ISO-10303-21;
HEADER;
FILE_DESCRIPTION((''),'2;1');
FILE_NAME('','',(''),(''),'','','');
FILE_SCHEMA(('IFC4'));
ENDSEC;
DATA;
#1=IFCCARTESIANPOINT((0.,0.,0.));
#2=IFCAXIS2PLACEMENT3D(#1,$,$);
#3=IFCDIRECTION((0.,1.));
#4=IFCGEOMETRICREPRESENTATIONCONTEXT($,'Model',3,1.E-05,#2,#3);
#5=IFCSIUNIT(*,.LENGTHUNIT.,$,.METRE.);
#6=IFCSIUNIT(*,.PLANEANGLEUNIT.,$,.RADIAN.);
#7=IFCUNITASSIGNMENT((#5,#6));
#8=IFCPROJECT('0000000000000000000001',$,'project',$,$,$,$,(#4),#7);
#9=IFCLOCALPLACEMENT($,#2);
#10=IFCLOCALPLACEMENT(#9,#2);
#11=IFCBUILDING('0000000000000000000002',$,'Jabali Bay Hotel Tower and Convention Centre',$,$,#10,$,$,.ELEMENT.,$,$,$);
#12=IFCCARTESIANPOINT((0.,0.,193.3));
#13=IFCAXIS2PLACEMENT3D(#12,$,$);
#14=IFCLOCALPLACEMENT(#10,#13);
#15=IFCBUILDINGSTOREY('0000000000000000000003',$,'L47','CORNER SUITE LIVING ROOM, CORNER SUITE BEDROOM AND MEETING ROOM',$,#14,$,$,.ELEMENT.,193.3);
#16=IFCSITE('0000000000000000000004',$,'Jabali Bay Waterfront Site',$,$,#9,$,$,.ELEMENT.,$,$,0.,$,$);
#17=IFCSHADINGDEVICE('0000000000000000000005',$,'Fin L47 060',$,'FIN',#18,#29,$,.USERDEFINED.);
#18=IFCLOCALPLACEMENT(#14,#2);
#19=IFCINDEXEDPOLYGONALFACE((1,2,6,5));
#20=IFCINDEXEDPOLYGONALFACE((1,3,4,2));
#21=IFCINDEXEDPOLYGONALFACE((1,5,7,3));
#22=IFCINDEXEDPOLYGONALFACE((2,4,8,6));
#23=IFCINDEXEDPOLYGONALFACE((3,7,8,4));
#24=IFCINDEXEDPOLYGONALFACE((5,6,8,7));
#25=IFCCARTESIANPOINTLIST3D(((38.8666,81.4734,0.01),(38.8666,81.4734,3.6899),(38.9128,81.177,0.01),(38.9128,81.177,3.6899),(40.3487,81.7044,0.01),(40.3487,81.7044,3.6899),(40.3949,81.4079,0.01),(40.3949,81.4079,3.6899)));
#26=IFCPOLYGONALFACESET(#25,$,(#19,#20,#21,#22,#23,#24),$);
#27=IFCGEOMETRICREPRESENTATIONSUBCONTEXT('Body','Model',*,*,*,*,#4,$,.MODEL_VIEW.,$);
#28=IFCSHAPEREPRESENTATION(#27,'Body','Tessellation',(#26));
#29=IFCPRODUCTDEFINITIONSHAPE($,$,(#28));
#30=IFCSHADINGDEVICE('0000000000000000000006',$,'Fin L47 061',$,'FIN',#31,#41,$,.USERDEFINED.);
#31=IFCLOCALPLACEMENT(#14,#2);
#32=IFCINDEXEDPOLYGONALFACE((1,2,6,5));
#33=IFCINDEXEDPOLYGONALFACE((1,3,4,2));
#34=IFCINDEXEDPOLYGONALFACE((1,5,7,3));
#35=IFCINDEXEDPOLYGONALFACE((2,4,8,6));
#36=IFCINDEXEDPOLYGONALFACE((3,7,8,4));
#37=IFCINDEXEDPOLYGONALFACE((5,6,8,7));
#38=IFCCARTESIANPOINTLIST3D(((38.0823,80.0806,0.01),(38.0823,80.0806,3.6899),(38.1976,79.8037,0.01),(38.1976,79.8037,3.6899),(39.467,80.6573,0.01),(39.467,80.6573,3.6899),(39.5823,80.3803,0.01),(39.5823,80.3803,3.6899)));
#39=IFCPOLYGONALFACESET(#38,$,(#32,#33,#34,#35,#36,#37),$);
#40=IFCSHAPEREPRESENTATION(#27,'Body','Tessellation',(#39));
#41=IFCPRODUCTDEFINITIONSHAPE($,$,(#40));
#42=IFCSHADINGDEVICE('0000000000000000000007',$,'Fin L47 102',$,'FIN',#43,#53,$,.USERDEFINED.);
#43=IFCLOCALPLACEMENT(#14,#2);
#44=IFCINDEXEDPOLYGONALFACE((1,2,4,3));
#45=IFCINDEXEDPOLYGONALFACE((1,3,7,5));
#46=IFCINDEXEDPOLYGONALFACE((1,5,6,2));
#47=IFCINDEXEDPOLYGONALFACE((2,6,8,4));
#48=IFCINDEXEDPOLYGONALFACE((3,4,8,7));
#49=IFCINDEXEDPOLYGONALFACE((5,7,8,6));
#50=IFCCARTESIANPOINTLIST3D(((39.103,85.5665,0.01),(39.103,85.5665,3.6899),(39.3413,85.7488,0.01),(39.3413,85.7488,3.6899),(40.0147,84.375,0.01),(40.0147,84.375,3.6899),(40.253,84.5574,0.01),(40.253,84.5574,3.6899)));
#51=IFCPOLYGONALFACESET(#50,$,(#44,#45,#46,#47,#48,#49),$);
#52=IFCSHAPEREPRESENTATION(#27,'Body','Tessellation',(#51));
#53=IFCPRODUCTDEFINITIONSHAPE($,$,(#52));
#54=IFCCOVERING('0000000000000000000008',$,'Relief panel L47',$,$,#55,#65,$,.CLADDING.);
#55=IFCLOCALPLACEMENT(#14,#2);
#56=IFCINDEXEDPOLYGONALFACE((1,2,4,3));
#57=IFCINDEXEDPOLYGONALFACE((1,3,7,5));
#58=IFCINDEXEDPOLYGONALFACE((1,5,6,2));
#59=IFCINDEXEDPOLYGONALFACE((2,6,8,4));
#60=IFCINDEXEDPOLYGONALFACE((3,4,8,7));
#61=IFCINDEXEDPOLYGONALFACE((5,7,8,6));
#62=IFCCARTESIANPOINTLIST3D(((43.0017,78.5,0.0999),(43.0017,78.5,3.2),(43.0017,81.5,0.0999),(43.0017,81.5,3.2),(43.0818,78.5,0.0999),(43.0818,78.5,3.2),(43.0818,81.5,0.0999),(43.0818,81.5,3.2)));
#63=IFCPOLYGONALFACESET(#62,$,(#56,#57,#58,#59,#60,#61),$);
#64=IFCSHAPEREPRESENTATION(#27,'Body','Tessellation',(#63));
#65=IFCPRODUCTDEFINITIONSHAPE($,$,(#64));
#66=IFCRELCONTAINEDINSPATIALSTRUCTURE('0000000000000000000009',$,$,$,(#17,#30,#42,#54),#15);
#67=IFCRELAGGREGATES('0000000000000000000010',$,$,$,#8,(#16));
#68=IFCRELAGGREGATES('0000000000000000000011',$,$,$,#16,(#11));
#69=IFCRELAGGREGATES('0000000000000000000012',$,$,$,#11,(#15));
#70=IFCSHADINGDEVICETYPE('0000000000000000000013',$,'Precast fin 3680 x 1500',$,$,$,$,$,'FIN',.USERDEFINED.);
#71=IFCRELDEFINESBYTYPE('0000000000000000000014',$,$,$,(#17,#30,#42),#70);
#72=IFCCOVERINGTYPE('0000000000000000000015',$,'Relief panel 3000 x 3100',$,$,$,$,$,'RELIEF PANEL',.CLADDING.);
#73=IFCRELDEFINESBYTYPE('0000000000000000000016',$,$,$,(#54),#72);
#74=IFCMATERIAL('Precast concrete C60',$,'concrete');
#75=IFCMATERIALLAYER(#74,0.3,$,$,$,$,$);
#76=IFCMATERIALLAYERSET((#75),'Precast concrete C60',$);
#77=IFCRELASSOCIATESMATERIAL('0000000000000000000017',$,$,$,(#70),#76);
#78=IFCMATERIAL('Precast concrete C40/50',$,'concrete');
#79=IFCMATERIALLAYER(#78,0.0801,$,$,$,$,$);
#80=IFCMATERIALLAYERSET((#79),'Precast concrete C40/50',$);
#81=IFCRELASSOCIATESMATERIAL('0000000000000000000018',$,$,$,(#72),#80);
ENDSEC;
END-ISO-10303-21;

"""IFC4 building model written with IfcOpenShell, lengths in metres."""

from ifc_helpers import new_model, si_unit, direction, frame, frame_2d, origin, origin_2d, place, context, subcontext, project, spatial, rectangle, extrude, material, layer, layer_set, type_object, element, save


model = new_model("IFC4")

# Units and contexts
model_context = context("Model", 3, precision=1e-05, world=origin(), true_north=direction((0.0, 1.0)))
body_context = subcontext(model_context, "Body", "Model", "MODEL_VIEW")
ifc_project = project(units=[si_unit("LENGTHUNIT", "METRE"), si_unit("PLANEANGLEUNIT", "RADIAN")], contexts=[model_context])

# Site, building, storey
site_placement = place(None, origin())
site = spatial("IfcSite", under=ifc_project, at=site_placement, Name="Jabali Bay Waterfront Site", CompositionType="ELEMENT", RefElevation=0.0)
building_placement = place(site_placement, origin())
building = spatial("IfcBuilding", under=site, at=building_placement, Name="Jabali Bay Hotel Tower and Convention Centre", CompositionType="ELEMENT")
storey_placement = place(building_placement, frame((0.0, 0.0, 193.3)))
storey = spatial("IfcBuildingStorey", under=building, at=storey_placement, Name="L47", Description="CORNER SUITE LIVING ROOM, CORNER SUITE BEDROOM AND MEETING ROOM", CompositionType="ELEMENT", Elevation=193.3)

# Shading devices
ifc_material_1 = material(Name="Precast concrete C60", Category="concrete")
ifc_layer_1 = layer(ifc_material_1, 0.3)
ifc_layer_set_1 = layer_set([ifc_layer_1], Name="Precast concrete C60")
shading_device_type = type_object("IfcShadingDeviceType", Name="Precast fin 3680 x 1500", ElementType="FIN", PredefinedType="USERDEFINED", material=ifc_layer_set_1)
for number, where, z_axis, x_axis, name in (
    (1, (40.3718, 81.5562, 0.01), (0.0, 0.0, 1.0), (-0.988076, -0.153965, 0.0), "Fin L47 060"),
    (2, (39.5247, 80.5188, 0.01), (0.0, 0.0, 1.0), (-0.923154, -0.38443, 0.0), "Fin L47 061"),
):
    element("IfcShadingDevice", number, at=place(storey_placement, frame(where, z_axis=z_axis, x_axis=x_axis)), inside=storey, type_object=shading_device_type, Name=name, ObjectType="FIN", PredefinedType="USERDEFINED", context=body_context, shape_type="SweptSolid", body=[
        extrude(rectangle(XDim=1.5, YDim=0.3, at=frame_2d((0.75, 0.0))), origin(), (0.0, 0.0, 1.0), 3.6799),
    ])
shading_device_1_placement = place(storey_placement, frame((40.1338, 84.4663, 0.01), z_axis=(0.0, 0.0, 1.0), x_axis=(-0.60768, 0.794182, 0.0)))
element("IfcShadingDevice", 3, at=shading_device_1_placement, inside=storey, type_object=shading_device_type, Name="Fin L47 102", ObjectType="FIN", PredefinedType="USERDEFINED", context=body_context, shape_type="SweptSolid", body=[
    extrude(rectangle(XDim=1.5002, YDim=0.3, at=frame_2d((0.75, 0.0))), origin(), (0.0, 0.0, 1.0), 3.6799),
])

# Covering
ifc_material_2 = material(Name="Precast concrete C40/50", Category="concrete")
ifc_layer_2 = layer(ifc_material_2, 0.0801)
ifc_layer_set_2 = layer_set([ifc_layer_2], Name="Precast concrete C40/50")
covering_type = type_object("IfcCoveringType", Name="Relief panel 3000 x 3100", ElementType="RELIEF PANEL", PredefinedType="CLADDING", material=ifc_layer_set_2)
covering_placement = place(storey_placement, frame((43.0417, 80.0, 0.0999), z_axis=(0.0, 0.0, 1.0), x_axis=(0.0, 1.0, 0.0)))
element("IfcCovering", 4, at=covering_placement, inside=storey, type_object=covering_type, Name="Relief panel L47", PredefinedType="CLADDING", context=body_context, shape_type="SweptSolid", body=[
    extrude(rectangle(XDim=3.0, YDim=0.0801, at=origin_2d()), origin(), (0.0, 0.0, 1.0), 3.1001),
])

save(model, "model.ifc")
